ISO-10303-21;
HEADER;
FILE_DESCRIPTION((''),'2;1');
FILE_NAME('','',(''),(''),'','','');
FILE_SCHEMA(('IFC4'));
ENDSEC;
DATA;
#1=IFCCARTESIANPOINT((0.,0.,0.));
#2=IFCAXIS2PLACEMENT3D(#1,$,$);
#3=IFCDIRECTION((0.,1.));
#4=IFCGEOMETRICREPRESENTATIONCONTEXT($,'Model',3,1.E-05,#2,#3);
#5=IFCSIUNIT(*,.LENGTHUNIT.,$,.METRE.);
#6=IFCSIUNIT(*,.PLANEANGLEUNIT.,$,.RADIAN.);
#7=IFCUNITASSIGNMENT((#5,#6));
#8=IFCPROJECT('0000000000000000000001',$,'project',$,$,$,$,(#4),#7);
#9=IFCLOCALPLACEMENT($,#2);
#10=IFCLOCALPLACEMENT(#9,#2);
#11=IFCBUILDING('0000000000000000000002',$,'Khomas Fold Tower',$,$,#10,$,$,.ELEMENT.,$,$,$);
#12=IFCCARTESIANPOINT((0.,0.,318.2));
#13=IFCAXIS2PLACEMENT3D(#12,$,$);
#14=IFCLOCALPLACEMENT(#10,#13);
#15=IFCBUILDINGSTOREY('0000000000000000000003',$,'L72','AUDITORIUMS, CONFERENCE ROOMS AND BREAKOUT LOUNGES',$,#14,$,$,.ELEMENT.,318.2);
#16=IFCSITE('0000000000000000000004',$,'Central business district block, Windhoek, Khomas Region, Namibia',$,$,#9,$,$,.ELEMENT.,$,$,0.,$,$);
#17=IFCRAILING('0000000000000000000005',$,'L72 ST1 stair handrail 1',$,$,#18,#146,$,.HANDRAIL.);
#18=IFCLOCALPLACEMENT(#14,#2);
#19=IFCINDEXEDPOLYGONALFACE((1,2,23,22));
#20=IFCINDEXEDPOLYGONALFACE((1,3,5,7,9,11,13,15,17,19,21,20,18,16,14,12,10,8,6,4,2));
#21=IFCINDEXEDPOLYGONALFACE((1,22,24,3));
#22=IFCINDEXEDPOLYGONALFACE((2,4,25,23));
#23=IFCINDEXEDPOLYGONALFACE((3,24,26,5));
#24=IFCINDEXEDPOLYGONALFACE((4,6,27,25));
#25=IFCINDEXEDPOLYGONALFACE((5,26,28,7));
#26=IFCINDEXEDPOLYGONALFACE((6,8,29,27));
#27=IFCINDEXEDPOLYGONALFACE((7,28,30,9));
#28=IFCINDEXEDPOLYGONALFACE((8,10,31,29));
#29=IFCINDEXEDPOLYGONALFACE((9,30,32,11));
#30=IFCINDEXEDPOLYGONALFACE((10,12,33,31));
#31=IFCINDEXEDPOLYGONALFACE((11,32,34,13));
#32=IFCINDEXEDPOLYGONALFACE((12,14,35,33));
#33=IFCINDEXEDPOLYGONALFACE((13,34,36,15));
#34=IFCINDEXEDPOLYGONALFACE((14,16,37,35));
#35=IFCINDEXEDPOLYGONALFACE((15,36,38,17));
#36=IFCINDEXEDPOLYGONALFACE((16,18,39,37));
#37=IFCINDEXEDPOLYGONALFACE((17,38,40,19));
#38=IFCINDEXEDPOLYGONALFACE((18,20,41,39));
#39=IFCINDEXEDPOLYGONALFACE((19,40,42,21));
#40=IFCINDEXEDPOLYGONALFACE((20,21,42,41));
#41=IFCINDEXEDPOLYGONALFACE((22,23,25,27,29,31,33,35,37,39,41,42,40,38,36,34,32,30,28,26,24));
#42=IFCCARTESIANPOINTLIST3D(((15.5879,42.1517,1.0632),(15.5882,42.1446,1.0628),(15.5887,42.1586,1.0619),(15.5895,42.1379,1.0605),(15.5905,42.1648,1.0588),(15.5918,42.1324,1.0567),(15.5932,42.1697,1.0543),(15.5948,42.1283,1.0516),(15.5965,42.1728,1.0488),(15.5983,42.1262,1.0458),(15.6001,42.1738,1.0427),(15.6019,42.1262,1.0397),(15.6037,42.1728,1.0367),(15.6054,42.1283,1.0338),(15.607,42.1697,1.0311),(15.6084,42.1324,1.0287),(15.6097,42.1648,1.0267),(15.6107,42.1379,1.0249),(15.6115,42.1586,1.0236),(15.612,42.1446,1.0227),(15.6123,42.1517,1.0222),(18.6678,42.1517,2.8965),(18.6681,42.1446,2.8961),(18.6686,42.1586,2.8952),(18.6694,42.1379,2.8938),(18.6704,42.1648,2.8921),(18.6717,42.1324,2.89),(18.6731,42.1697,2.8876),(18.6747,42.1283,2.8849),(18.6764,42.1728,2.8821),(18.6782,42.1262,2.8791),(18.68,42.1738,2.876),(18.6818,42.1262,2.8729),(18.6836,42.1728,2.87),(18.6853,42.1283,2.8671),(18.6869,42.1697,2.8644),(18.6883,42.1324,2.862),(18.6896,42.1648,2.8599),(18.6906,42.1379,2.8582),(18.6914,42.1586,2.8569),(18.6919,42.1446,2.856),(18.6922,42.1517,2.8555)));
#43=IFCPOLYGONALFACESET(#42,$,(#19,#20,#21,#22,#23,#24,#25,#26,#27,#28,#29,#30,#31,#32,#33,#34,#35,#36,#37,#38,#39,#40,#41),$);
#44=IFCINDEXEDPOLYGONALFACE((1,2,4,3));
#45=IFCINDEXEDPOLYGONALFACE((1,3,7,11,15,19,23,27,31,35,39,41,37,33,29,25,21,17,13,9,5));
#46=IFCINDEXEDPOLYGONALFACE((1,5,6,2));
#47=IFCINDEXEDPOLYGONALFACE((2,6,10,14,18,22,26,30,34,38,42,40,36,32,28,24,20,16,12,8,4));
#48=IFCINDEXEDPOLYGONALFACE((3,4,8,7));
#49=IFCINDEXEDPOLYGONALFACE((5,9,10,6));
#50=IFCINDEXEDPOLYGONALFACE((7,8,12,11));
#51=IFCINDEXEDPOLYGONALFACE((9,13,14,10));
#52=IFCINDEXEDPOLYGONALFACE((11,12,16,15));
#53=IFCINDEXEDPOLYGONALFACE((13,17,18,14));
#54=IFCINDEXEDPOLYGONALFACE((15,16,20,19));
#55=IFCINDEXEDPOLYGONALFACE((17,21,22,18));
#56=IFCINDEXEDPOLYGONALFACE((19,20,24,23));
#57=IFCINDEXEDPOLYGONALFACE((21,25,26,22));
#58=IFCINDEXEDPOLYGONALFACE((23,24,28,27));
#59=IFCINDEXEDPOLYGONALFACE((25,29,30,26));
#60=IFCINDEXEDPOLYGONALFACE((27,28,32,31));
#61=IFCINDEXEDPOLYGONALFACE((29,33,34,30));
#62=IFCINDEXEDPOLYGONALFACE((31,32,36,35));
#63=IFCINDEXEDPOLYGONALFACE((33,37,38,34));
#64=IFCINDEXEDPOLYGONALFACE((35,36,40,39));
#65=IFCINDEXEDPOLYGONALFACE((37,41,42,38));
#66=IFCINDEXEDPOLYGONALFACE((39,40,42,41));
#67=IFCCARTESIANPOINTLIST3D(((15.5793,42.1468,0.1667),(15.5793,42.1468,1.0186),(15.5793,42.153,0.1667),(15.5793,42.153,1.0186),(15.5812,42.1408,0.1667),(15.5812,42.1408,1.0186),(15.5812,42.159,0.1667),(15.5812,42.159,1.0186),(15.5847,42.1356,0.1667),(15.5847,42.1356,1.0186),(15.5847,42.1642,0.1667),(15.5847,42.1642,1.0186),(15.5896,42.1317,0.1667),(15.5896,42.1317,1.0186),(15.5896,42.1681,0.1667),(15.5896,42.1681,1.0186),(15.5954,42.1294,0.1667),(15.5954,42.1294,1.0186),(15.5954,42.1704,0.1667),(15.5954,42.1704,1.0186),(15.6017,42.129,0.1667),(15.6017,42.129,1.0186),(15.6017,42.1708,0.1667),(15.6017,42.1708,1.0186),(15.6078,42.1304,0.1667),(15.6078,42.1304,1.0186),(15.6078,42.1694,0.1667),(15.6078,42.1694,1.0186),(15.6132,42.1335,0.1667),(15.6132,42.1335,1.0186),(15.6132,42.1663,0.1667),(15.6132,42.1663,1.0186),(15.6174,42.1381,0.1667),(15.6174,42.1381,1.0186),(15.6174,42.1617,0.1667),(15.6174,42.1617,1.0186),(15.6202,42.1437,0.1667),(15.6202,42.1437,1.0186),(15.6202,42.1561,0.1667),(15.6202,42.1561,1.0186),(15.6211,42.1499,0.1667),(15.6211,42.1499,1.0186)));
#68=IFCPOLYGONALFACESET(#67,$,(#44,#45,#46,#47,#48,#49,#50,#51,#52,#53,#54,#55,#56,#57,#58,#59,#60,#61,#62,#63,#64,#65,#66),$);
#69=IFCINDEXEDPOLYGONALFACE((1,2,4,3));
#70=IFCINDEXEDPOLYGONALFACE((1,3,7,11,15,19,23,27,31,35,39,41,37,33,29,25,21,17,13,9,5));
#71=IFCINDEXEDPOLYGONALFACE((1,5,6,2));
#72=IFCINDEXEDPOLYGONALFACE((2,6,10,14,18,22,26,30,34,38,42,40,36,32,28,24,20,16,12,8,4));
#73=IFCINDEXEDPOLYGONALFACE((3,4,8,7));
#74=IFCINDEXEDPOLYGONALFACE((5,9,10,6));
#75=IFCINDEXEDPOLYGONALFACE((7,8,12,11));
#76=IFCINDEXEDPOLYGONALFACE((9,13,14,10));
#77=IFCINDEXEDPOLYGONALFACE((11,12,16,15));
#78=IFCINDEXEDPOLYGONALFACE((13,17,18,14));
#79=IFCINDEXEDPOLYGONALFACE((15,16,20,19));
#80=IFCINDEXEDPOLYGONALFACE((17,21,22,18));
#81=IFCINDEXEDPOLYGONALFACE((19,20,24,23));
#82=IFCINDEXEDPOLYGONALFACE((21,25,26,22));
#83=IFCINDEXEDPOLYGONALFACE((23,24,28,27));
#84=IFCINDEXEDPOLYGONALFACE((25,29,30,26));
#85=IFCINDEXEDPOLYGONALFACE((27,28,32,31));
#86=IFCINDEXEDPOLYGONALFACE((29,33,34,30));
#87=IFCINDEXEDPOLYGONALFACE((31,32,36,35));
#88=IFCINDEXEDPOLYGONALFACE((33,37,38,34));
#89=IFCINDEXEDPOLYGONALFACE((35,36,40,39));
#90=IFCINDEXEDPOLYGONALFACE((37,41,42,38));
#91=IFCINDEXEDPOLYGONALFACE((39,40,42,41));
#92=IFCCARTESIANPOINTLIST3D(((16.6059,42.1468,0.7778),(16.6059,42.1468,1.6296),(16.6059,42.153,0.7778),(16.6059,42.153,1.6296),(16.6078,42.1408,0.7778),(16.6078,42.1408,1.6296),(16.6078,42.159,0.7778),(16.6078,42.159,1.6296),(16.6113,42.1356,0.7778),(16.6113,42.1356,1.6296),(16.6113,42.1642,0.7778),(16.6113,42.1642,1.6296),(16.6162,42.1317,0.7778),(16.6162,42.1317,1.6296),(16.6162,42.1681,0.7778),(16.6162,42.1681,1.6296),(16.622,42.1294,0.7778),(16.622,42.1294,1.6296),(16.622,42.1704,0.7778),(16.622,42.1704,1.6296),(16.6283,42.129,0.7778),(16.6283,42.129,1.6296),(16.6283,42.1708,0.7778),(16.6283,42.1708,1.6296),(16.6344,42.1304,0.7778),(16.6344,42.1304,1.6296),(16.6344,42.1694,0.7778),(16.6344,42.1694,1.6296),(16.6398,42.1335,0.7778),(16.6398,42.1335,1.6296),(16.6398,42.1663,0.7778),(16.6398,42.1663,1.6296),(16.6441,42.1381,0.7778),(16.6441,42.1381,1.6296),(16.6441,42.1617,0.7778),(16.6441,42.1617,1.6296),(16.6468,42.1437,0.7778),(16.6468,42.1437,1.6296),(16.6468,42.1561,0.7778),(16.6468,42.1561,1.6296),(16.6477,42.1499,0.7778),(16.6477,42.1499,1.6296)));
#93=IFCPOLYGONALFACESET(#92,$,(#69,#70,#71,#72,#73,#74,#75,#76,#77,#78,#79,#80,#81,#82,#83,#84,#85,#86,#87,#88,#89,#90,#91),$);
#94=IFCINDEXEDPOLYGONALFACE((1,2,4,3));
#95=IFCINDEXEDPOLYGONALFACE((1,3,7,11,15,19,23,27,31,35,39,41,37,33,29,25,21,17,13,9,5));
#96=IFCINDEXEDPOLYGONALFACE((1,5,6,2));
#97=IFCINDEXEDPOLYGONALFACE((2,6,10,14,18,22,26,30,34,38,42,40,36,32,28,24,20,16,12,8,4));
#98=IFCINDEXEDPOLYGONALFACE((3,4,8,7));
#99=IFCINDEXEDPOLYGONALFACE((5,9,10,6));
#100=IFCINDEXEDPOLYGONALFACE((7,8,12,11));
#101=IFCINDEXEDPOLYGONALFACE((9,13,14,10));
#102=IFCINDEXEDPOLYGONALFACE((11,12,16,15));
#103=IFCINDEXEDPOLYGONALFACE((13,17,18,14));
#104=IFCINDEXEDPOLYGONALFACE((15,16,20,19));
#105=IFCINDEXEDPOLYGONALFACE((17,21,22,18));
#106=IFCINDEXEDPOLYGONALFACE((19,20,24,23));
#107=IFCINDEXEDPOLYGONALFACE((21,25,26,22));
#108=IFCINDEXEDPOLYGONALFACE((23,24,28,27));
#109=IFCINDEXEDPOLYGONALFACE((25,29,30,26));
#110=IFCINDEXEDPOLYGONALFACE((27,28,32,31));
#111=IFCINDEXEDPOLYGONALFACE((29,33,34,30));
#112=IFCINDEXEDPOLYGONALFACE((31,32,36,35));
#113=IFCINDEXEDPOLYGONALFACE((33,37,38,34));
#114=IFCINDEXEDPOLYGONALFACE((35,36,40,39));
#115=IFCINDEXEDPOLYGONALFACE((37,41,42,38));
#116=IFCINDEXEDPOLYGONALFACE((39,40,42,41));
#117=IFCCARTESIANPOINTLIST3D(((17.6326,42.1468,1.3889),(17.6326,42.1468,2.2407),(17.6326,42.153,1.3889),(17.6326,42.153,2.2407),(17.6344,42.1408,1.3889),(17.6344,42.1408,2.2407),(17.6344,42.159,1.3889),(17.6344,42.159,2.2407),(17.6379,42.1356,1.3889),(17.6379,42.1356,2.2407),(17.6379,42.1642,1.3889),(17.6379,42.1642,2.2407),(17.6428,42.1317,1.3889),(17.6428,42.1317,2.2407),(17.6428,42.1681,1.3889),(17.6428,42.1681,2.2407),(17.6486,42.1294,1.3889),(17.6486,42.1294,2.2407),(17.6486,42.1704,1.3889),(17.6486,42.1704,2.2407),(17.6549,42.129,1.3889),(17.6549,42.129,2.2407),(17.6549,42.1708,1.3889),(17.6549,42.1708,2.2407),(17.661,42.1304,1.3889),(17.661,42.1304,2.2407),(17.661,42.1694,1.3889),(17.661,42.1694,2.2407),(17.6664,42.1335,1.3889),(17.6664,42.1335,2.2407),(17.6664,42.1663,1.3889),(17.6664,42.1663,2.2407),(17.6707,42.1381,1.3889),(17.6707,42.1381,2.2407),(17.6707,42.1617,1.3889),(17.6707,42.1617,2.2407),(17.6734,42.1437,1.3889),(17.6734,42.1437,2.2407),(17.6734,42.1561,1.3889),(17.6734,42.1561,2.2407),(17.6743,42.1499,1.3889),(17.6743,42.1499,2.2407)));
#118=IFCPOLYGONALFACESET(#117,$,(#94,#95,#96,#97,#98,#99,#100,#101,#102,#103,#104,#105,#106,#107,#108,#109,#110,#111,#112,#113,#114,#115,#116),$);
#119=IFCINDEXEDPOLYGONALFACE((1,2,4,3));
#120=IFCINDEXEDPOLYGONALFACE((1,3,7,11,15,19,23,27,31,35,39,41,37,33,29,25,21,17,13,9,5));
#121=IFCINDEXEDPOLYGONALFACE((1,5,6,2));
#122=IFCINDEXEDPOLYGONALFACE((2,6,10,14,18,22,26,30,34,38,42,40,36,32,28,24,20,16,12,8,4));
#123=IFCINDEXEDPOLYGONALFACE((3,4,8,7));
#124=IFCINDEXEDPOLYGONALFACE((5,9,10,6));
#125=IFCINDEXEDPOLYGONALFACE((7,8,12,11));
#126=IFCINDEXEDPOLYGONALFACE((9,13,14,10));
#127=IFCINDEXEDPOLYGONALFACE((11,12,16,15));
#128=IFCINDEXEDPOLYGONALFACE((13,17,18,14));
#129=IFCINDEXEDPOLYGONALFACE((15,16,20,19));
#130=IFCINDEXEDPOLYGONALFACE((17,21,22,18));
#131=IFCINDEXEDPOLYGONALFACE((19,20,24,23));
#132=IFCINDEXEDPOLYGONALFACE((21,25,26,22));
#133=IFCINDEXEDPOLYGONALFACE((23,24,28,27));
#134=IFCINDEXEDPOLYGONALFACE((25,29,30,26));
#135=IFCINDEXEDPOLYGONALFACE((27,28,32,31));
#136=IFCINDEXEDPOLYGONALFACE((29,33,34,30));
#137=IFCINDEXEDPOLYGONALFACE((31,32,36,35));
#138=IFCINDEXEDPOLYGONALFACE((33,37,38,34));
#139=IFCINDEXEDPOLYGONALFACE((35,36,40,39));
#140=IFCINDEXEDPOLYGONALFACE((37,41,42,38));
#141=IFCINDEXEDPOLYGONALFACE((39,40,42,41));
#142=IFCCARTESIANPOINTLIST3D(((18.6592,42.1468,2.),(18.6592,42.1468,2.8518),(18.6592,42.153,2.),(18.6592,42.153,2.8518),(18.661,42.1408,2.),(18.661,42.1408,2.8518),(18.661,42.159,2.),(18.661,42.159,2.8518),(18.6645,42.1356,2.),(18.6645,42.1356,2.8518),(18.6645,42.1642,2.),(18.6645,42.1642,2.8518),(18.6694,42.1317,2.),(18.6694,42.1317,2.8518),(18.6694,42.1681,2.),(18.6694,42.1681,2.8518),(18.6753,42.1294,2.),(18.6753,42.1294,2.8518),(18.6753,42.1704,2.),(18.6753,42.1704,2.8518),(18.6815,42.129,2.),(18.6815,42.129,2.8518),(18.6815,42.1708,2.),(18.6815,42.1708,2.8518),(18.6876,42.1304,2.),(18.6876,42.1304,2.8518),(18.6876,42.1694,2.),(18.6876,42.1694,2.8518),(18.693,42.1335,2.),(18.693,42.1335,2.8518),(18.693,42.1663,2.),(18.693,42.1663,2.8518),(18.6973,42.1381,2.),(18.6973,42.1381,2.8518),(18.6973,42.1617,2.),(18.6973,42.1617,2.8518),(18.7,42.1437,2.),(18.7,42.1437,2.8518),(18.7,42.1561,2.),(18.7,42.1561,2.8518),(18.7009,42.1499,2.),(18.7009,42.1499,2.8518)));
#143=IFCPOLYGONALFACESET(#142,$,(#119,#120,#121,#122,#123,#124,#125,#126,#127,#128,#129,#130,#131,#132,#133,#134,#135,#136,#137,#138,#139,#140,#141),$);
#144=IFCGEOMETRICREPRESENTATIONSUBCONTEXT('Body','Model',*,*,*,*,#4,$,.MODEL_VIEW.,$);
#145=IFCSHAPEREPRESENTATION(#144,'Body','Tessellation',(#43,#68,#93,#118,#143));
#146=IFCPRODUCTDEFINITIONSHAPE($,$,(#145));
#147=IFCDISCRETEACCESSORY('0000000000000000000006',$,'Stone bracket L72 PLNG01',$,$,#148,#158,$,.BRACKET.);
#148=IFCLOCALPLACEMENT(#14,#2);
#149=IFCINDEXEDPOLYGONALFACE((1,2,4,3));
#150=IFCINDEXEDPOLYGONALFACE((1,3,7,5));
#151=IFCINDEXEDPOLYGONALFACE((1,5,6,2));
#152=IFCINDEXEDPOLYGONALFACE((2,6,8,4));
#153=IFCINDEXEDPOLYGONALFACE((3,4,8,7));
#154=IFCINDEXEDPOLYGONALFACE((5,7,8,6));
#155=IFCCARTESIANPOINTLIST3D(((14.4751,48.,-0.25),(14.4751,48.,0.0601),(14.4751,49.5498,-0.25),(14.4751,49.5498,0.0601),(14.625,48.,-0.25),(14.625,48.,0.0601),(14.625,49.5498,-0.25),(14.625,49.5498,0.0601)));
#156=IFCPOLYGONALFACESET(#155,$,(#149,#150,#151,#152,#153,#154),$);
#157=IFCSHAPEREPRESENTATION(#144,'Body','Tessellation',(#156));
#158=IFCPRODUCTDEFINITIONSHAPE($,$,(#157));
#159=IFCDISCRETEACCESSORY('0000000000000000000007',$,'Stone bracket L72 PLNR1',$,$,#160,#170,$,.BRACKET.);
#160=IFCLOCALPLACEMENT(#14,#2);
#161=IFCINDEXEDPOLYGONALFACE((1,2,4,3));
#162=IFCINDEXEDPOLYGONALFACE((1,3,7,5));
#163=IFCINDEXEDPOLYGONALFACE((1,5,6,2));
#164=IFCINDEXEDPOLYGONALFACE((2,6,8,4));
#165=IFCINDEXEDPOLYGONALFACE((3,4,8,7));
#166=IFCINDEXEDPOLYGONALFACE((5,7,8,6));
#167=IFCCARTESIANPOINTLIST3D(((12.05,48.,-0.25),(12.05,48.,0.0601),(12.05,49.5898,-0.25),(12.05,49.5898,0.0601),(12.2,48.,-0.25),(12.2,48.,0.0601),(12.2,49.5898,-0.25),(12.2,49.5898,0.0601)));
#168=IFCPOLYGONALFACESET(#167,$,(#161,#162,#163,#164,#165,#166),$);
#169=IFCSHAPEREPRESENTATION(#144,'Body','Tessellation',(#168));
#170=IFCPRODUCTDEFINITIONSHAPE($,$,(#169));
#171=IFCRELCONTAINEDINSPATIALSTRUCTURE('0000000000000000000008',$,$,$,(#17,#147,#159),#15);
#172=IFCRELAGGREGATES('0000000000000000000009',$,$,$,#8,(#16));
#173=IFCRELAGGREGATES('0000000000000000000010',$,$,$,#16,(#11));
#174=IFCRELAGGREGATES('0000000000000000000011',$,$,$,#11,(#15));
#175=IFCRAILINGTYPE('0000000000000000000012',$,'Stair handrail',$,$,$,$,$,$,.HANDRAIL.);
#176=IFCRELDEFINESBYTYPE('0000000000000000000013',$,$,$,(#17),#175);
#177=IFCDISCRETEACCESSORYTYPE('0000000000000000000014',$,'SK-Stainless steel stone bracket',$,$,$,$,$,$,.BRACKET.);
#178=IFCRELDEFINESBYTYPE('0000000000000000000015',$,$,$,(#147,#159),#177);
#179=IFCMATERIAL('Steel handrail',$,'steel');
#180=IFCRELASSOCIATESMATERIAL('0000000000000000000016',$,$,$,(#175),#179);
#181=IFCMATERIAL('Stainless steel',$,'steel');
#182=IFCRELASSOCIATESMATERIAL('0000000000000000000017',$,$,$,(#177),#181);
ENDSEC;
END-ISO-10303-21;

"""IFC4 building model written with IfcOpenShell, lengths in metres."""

from ifc_helpers import new_model, si_unit, direction, frame, origin, origin_2d, place, context, subcontext, project, spatial, rectangle, circle, extrude, source, transform, mapped, material, type_object, element, save


model = new_model("IFC4")

# Units and contexts
model_context = context("Model", 3, precision=1e-05, world=origin(), true_north=direction((0.0, 1.0)))
body_context = subcontext(model_context, "Body", "Model", "MODEL_VIEW")
ifc_project = project(units=[si_unit("LENGTHUNIT", "METRE"), si_unit("PLANEANGLEUNIT", "RADIAN")], contexts=[model_context])

# Site, building, storey
site_placement = place(None, origin())
site = spatial("IfcSite", under=ifc_project, at=site_placement, Name="Central business district block, Windhoek, Khomas Region, Namibia", CompositionType="ELEMENT", RefElevation=0.0)
building_placement = place(site_placement, origin())
building = spatial("IfcBuilding", under=site, at=building_placement, Name="Khomas Fold Tower", CompositionType="ELEMENT")
storey_placement = place(building_placement, frame((0.0, 0.0, 318.2)))
storey = spatial("IfcBuildingStorey", under=building, at=storey_placement, Name="L72", Description="AUDITORIUMS, CONFERENCE ROOMS AND BREAKOUT LOUNGES", CompositionType="ELEMENT", Elevation=318.2)

# Railing
ifc_material_1 = material(Name="Steel handrail", Category="steel")
railing_type_1 = type_object("IfcRailingType", Name="Stair handrail", PredefinedType="HANDRAIL", material=ifc_material_1)
shared_shape_1 = source(origin(), body_context, "Body", "SweptSolid", [
    extrude(circle(Radius=0.0239, at=origin_2d()), frame((0.0, 0.0, 0.876), z_axis=(0.859291, 0.0, 0.511487), x_axis=(0.0, 1.0, 0.0)), (0.0, 0.0, 1.0), 3.5842),
    extrude(circle(Radius=0.021, at=origin_2d()), origin(), (0.0, 0.0, 1.0), 0.8518),
    extrude(circle(Radius=0.021, at=origin_2d()), frame((1.0266, 0.0, 0.6111)), (0.0, 0.0, 1.0), 0.8518),
    extrude(circle(Radius=0.021, at=origin_2d()), frame((2.0532, 0.0, 1.2222)), (0.0, 0.0, 1.0), 0.8518),
    extrude(circle(Radius=0.021, at=origin_2d()), frame((3.0798, 0.0, 1.8333)), (0.0, 0.0, 1.0), 0.8518),
])
railing_1_placement = place(storey_placement, frame((15.6001, 42.1499, 0.1667)))
element("IfcRailing", 1, at=railing_1_placement, inside=storey, type_object=railing_type_1, Name="L72 ST1 stair handrail 1", PredefinedType="HANDRAIL", context=body_context, shape_type="MappedRepresentation", body=[
    mapped(shared_shape_1, transform((0.0, 0.0, 0.0))),
])

# Discrete accessories
ifc_material_2 = material(Name="Stainless steel", Category="steel")
discrete_accessory_type = type_object("IfcDiscreteAccessoryType", Name="SK-Stainless steel stone bracket", PredefinedType="BRACKET", material=ifc_material_2)
shared_shape_2 = source(origin(), body_context, "Body", "SweptSolid", [
    extrude(rectangle(XDim=1.5498, YDim=0.1499, at=origin_2d()), origin(), (0.0, 0.0, 1.0), 0.3101),
])
discrete_accessory_1_placement = place(storey_placement, frame((14.55, 48.7749, -0.25), z_axis=(0.0, 0.0, 1.0), x_axis=(0.0, 1.0, 0.0)))
element("IfcDiscreteAccessory", 2, at=discrete_accessory_1_placement, inside=storey, type_object=discrete_accessory_type, Name="Stone bracket L72 PLNG01", PredefinedType="BRACKET", context=body_context, shape_type="MappedRepresentation", body=[
    mapped(shared_shape_2, transform((0.0, 0.0, 0.0))),
])
shared_shape_3 = source(origin(), body_context, "Body", "SweptSolid", [
    extrude(rectangle(XDim=1.5898, YDim=0.1499, at=origin_2d()), origin(), (0.0, 0.0, 1.0), 0.3101),
])
discrete_accessory_2_placement = place(storey_placement, frame((12.125, 48.7949, -0.25), z_axis=(0.0, 0.0, 1.0), x_axis=(0.0, 1.0, 0.0)))
element("IfcDiscreteAccessory", 3, at=discrete_accessory_2_placement, inside=storey, type_object=discrete_accessory_type, Name="Stone bracket L72 PLNR1", PredefinedType="BRACKET", context=body_context, shape_type="MappedRepresentation", body=[
    mapped(shared_shape_3, transform((0.0, 0.0, 0.0))),
])

save(model, "model.ifc")
